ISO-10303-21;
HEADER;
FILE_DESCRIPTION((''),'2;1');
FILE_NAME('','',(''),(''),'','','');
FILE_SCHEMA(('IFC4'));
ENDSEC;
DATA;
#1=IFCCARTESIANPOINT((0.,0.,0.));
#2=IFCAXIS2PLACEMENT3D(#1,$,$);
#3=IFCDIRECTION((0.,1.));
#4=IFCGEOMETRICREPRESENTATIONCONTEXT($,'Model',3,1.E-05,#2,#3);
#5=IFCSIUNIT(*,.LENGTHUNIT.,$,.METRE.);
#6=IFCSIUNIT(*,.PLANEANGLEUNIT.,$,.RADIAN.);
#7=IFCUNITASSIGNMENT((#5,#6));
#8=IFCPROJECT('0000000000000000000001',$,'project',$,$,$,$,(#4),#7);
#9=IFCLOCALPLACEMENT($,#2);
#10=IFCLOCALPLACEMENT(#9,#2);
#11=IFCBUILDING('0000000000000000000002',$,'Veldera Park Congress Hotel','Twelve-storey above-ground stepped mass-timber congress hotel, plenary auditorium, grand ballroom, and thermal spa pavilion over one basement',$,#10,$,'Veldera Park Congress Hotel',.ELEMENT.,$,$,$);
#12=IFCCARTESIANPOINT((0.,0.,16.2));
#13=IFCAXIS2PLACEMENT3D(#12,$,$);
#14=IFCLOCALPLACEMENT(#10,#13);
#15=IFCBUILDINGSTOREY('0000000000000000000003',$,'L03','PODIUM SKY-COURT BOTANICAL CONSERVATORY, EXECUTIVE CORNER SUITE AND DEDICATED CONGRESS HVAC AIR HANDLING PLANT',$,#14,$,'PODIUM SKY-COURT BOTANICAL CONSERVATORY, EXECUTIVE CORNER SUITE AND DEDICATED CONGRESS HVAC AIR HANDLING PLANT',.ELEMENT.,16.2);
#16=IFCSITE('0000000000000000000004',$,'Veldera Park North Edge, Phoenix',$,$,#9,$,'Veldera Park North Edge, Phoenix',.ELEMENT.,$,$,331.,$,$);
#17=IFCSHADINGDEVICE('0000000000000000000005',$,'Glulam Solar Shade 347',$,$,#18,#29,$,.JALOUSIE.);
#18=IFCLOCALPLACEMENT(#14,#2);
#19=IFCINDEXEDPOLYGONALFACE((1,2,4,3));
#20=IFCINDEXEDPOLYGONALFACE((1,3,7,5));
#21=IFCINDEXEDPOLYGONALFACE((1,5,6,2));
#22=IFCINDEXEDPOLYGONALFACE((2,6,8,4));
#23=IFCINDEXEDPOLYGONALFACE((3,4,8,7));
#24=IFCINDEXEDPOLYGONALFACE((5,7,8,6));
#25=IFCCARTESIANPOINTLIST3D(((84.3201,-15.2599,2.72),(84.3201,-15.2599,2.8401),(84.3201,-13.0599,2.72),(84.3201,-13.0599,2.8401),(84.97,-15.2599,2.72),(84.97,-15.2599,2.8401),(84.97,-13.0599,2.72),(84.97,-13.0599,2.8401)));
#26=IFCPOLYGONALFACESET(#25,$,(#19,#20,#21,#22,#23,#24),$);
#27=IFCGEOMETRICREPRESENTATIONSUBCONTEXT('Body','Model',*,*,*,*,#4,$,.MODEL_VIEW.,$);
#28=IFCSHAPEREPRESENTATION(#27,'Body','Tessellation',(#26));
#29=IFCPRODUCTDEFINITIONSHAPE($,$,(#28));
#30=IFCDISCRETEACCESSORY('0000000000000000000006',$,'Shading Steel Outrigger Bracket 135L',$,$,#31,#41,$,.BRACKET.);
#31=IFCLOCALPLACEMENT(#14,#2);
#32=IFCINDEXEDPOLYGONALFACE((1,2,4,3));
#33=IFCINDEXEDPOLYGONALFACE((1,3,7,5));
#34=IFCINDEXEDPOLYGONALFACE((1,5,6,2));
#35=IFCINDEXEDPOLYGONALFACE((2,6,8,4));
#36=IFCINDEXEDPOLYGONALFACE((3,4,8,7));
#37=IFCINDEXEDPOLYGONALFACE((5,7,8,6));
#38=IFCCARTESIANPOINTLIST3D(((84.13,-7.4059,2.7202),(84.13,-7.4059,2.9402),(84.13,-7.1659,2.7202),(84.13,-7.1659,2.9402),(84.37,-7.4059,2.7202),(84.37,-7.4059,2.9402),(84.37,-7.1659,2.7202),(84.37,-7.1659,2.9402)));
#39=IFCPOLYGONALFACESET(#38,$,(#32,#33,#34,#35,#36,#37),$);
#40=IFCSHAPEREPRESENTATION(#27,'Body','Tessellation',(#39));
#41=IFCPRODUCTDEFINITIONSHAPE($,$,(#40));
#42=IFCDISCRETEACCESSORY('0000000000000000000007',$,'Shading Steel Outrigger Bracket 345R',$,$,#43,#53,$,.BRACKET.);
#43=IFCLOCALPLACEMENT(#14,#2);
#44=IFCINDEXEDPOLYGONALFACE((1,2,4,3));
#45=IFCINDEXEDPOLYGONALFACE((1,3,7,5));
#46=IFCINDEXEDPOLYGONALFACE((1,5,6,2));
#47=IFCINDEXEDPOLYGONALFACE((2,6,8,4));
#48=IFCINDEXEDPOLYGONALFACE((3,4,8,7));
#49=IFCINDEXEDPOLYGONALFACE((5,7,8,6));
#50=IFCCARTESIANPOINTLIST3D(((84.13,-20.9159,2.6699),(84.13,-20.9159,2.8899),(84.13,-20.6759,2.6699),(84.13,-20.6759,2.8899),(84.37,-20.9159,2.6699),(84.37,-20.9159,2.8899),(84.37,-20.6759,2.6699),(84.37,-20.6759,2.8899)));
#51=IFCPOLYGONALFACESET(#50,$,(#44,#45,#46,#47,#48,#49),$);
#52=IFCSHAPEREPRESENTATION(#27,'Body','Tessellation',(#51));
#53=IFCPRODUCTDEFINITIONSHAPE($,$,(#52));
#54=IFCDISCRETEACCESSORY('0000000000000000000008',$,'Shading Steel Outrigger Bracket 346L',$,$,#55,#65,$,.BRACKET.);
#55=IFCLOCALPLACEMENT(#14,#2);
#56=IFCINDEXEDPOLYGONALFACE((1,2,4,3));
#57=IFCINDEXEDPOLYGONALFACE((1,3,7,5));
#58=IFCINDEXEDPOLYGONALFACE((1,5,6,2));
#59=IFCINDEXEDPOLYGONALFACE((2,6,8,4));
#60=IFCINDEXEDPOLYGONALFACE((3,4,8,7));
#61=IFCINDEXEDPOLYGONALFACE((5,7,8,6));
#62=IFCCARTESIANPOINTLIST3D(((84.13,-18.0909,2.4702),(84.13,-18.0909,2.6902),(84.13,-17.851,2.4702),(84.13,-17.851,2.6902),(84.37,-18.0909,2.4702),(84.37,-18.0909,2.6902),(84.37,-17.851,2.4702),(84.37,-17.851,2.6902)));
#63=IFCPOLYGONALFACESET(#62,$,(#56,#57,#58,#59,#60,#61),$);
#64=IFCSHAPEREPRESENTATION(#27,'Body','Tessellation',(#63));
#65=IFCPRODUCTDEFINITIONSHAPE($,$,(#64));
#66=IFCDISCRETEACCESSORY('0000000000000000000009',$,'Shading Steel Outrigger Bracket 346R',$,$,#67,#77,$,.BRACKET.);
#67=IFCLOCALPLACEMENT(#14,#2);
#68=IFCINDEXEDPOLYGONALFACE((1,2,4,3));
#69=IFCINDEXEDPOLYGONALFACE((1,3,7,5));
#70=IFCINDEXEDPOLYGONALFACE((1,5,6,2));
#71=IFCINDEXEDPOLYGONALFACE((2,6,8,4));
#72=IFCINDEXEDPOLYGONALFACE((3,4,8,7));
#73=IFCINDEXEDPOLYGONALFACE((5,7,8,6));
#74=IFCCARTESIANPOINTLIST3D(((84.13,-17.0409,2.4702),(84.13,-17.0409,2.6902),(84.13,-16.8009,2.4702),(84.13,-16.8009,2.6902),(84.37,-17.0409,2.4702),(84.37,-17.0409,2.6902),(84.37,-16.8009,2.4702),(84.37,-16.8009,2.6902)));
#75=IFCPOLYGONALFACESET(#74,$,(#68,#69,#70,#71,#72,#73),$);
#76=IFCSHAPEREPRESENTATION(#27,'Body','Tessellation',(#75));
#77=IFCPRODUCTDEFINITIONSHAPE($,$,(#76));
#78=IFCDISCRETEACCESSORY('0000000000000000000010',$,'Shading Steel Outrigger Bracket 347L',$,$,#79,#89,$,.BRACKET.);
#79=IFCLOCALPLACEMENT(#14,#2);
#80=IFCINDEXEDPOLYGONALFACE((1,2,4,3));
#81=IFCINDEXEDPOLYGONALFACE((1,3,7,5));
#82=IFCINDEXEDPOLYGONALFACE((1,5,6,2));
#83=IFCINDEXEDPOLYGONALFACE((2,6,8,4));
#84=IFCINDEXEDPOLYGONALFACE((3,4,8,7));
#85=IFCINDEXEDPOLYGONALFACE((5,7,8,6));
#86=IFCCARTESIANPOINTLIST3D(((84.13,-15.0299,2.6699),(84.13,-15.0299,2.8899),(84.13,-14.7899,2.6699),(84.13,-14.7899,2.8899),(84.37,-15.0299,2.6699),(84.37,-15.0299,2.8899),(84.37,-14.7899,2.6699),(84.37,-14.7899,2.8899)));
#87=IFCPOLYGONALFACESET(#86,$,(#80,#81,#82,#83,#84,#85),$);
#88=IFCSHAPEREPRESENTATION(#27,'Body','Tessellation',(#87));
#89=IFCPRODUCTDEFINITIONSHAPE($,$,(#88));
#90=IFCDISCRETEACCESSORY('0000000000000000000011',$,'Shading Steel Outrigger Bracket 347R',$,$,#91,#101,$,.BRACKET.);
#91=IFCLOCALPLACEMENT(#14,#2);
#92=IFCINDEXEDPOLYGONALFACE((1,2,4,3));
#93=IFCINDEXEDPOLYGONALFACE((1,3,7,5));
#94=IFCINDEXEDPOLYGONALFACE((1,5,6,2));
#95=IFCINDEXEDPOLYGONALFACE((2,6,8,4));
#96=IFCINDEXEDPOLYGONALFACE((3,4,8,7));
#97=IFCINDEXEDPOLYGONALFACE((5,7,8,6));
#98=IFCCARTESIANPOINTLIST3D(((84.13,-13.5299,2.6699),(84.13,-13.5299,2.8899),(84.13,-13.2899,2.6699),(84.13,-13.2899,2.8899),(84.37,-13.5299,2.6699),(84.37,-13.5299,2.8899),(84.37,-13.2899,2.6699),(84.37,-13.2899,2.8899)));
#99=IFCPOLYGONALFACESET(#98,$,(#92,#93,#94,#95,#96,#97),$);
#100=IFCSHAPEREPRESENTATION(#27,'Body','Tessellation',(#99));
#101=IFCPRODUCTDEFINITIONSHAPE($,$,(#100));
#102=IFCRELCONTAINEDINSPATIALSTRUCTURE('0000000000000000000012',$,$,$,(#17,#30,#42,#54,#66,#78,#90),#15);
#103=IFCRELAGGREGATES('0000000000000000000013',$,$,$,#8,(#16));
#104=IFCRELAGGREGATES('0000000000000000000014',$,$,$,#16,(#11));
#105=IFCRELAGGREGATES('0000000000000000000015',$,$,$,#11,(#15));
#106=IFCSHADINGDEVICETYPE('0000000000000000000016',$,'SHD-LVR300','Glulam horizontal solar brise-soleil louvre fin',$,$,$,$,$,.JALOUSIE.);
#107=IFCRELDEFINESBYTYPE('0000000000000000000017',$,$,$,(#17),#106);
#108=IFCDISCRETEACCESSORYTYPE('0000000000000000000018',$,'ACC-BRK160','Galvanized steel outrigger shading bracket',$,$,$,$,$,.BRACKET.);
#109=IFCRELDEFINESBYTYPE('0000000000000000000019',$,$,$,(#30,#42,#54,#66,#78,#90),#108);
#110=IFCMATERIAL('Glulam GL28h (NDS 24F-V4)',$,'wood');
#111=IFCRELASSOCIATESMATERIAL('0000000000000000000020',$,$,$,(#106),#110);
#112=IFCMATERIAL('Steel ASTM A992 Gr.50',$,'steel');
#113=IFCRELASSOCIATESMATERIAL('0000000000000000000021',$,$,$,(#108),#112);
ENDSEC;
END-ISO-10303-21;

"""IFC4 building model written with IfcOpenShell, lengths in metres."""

from ifc_helpers import new_model, si_unit, direction, frame, origin, origin_2d, place, context, subcontext, project, spatial, rectangle, extrude, material, type_object, element, save


model = new_model("IFC4")

# Units and contexts
model_context = context("Model", 3, precision=1e-05, world=origin(), true_north=direction((0.0, 1.0)))
body_context = subcontext(model_context, "Body", "Model", "MODEL_VIEW")
ifc_project = project(units=[si_unit("LENGTHUNIT", "METRE"), si_unit("PLANEANGLEUNIT", "RADIAN")], contexts=[model_context])

# Site, building, storey
site_placement = place(None, origin())
site = spatial("IfcSite", under=ifc_project, at=site_placement, Name="Veldera Park North Edge, Phoenix", LongName="Veldera Park North Edge, Phoenix", CompositionType="ELEMENT", RefElevation=331.0)
building_placement = place(site_placement, origin())
building = spatial("IfcBuilding", under=site, at=building_placement, Name="Veldera Park Congress Hotel", Description="Twelve-storey above-ground stepped mass-timber congress hotel, plenary auditorium, grand ballroom, and thermal spa pavilion over one basement", LongName="Veldera Park Congress Hotel", CompositionType="ELEMENT")
storey_placement = place(building_placement, frame((0.0, 0.0, 16.2)))
storey = spatial("IfcBuildingStorey", under=building, at=storey_placement, Name="L03", Description="PODIUM SKY-COURT BOTANICAL CONSERVATORY, EXECUTIVE CORNER SUITE AND DEDICATED CONGRESS HVAC AIR HANDLING PLANT", LongName="PODIUM SKY-COURT BOTANICAL CONSERVATORY, EXECUTIVE CORNER SUITE AND DEDICATED CONGRESS HVAC AIR HANDLING PLANT", CompositionType="ELEMENT", Elevation=16.2)

# Shared definitions
ifc_material_1 = material(Name="Glulam GL28h (NDS 24F-V4)", Category="wood")

# Shared definitions
ifc_material_2 = material(Name="Steel ASTM A992 Gr.50", Category="steel")

# Shading device
shading_device_type = type_object("IfcShadingDeviceType", Name="SHD-LVR300", Description="Glulam horizontal solar brise-soleil louvre fin", PredefinedType="JALOUSIE", material=ifc_material_1)
shading_device_1_placement = place(storey_placement, frame((84.645, -14.1599, 2.72), z_axis=(0.0, 0.0, 1.0), x_axis=(0.0, 1.0, 0.0)))
element("IfcShadingDevice", 1, at=shading_device_1_placement, inside=storey, type_object=shading_device_type, Name="Glulam Solar Shade 347", PredefinedType="JALOUSIE", context=body_context, shape_type="SweptSolid", body=[
    extrude(rectangle(XDim=2.2, YDim=0.6499, at=origin_2d()), origin(), (0.0, 0.0, 1.0), 0.1201),
])

# Discrete accessories
discrete_accessory_type = type_object("IfcDiscreteAccessoryType", Name="ACC-BRK160", Description="Galvanized steel outrigger shading bracket", PredefinedType="BRACKET", material=ifc_material_2)
for number, where, z_axis, x_axis, name in (
    (2, (84.25, -7.2859, 2.7202), (0.0, 0.0, 1.0), (0.0, 1.0, 0.0), "Shading Steel Outrigger Bracket 135L"),
    (3, (84.25, -20.7959, 2.6699), (0.0, 0.0, 1.0), (0.0, 1.0, 0.0), "Shading Steel Outrigger Bracket 345R"),
    (4, (84.25, -17.9709, 2.4702), (0.0, 0.0, 1.0), (0.0, 1.0, 0.0), "Shading Steel Outrigger Bracket 346L"),
    (5, (84.25, -16.9209, 2.4702), (0.0, 0.0, 1.0), (0.0, 1.0, 0.0), "Shading Steel Outrigger Bracket 346R"),
    (6, (84.25, -14.9099, 2.6699), (0.0, 0.0, 1.0), (0.0, 1.0, 0.0), "Shading Steel Outrigger Bracket 347L"),
    (7, (84.25, -13.4099, 2.6699), (0.0, 0.0, 1.0), (0.0, 1.0, 0.0), "Shading Steel Outrigger Bracket 347R"),
):
    element("IfcDiscreteAccessory", number, at=place(storey_placement, frame(where, z_axis=z_axis, x_axis=x_axis)), inside=storey, type_object=discrete_accessory_type, Name=name, PredefinedType="BRACKET", context=body_context, shape_type="SweptSolid", body=[
        extrude(rectangle(XDim=0.24, YDim=0.24, at=origin_2d()), origin(), (0.0, 0.0, 1.0), 0.22),
    ])

save(model, "model.ifc")
